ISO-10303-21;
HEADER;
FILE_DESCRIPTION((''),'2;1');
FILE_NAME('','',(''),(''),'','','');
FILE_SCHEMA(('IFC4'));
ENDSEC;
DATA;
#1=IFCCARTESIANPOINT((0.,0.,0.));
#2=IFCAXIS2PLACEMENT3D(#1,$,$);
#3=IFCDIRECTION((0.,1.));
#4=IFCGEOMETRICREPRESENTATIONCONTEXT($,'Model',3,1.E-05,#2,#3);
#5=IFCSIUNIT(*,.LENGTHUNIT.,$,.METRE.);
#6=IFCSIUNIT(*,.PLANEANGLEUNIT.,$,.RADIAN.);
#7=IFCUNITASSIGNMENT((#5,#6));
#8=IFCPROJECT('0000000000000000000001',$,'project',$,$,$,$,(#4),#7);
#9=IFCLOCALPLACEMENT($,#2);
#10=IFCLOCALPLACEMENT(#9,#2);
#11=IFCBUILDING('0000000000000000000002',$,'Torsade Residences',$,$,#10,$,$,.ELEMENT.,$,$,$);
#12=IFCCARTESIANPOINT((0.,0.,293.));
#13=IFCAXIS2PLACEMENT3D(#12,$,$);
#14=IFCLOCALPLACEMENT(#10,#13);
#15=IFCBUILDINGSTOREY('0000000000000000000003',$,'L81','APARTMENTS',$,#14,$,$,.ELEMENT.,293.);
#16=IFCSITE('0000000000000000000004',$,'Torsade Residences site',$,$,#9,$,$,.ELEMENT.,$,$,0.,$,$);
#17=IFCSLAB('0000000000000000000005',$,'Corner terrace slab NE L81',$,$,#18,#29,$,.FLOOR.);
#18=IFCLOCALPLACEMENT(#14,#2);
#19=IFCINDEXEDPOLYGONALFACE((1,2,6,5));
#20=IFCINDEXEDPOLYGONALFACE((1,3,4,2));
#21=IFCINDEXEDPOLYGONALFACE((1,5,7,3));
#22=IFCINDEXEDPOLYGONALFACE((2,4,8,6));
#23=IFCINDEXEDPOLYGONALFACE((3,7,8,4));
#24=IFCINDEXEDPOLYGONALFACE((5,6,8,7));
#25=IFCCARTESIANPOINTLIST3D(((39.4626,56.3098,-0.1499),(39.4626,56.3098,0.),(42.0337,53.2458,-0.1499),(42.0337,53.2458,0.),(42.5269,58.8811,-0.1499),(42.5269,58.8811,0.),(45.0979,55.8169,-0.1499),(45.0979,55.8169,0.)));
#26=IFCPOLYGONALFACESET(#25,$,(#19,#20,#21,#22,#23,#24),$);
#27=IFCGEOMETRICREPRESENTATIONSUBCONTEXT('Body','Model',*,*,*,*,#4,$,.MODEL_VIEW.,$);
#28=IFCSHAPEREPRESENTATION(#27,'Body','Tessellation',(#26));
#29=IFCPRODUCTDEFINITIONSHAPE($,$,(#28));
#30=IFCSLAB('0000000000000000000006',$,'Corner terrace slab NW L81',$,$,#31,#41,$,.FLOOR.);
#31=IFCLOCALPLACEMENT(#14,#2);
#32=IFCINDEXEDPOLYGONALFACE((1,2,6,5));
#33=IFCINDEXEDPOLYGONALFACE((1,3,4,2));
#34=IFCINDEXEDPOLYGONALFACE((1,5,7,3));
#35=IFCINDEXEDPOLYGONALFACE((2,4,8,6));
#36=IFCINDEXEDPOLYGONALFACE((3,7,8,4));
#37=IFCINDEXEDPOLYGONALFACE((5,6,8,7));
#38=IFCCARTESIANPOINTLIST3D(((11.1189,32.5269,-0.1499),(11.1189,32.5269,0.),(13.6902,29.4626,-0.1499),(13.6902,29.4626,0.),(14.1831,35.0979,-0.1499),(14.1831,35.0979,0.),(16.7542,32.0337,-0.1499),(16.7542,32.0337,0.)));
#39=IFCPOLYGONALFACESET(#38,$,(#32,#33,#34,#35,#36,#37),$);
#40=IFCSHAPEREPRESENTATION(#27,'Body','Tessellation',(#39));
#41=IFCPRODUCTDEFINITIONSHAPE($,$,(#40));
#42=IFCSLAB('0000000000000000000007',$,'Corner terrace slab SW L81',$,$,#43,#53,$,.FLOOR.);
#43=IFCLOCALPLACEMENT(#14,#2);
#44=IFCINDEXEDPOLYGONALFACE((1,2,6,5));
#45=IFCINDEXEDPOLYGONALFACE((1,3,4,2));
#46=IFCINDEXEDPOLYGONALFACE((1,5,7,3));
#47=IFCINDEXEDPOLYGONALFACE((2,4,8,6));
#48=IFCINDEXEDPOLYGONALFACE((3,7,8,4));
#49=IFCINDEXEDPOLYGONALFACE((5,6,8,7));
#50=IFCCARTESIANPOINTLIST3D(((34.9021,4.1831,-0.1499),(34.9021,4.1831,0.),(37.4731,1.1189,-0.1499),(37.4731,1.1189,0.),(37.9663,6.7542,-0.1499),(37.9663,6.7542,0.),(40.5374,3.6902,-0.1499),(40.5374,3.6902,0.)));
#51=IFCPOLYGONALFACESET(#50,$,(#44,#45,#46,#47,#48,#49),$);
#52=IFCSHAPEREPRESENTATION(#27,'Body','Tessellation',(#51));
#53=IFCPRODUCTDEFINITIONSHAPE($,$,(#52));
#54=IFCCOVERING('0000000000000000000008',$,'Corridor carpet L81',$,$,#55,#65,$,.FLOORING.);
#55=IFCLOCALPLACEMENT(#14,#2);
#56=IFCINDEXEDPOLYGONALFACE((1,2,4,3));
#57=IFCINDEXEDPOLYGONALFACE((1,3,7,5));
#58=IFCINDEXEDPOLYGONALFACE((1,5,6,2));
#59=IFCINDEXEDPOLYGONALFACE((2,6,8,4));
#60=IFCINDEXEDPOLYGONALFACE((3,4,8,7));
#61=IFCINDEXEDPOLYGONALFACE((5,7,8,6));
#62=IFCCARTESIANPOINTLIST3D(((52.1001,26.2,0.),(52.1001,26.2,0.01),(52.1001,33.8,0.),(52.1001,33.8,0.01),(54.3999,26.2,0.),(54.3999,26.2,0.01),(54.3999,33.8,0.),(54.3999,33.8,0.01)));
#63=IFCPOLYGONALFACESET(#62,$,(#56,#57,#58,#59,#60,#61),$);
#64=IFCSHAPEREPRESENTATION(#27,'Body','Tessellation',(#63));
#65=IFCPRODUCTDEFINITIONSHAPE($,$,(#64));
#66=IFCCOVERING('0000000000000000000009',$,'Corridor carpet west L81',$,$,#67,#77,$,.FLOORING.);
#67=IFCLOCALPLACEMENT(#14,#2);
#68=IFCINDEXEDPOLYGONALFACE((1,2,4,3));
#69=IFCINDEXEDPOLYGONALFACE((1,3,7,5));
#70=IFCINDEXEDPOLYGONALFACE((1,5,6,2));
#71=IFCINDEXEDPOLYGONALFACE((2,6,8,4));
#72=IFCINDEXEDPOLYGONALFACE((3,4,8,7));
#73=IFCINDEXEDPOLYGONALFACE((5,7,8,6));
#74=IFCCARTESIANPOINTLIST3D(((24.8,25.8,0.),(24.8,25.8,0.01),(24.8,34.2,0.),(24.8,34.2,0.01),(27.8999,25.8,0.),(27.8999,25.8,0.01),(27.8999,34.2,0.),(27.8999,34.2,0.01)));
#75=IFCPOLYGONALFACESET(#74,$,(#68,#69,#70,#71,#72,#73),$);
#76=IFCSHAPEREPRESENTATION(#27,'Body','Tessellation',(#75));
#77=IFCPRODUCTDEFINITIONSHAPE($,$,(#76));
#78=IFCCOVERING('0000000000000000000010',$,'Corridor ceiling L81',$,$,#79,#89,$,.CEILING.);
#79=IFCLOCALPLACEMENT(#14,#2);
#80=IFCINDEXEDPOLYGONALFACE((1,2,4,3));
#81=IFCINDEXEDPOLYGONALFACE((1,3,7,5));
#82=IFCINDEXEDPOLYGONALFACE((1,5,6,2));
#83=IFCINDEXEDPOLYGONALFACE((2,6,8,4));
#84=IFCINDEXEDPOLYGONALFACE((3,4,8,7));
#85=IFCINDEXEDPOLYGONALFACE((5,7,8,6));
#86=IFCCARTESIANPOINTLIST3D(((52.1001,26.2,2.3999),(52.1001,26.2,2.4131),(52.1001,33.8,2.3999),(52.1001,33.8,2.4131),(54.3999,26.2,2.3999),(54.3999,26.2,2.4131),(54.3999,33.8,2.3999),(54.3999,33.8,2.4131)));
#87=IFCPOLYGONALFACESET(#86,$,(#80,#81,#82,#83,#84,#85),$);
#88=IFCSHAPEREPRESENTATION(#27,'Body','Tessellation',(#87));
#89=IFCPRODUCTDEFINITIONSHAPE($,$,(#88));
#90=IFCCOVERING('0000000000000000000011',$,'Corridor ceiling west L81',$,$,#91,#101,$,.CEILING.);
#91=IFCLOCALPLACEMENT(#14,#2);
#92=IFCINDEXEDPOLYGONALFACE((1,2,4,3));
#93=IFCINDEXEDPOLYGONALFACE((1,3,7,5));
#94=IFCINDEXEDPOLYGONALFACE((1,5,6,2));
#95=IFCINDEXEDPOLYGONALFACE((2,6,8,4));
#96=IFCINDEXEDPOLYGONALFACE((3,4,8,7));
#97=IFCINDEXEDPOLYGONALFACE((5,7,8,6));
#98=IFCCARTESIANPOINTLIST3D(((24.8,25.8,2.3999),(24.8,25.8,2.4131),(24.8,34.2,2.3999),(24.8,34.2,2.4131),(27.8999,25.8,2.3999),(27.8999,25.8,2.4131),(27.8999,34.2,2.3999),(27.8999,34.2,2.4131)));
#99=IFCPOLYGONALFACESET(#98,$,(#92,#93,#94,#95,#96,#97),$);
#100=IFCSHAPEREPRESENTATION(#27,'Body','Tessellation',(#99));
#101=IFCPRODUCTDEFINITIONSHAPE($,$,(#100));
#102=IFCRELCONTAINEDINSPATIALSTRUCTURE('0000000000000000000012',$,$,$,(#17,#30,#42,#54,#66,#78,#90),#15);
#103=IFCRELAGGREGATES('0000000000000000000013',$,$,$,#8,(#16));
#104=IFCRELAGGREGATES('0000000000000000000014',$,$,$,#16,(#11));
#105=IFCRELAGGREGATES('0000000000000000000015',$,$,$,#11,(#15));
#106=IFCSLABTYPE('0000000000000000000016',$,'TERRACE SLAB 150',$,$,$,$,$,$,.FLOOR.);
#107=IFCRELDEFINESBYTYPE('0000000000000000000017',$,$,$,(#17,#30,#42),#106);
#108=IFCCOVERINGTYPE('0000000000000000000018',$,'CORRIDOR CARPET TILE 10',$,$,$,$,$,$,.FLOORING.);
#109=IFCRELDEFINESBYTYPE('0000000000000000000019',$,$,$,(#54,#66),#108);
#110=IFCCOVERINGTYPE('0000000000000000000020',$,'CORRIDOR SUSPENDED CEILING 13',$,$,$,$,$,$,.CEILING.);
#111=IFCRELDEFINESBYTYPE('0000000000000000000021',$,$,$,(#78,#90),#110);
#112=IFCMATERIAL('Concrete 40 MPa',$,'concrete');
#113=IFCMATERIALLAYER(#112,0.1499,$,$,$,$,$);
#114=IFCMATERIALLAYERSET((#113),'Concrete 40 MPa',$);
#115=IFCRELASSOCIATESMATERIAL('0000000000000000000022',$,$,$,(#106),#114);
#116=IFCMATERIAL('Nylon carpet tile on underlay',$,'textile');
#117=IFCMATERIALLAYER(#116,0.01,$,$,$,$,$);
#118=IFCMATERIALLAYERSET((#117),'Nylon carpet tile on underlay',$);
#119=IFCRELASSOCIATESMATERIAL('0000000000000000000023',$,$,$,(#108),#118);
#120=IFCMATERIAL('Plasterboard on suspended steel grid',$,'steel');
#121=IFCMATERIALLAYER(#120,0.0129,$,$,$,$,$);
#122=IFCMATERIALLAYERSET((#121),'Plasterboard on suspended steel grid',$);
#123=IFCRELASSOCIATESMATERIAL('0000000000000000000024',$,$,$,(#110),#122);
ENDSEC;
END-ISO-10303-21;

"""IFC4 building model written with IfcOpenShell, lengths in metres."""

from ifc_helpers import new_model, si_unit, direction, frame, origin, place, context, subcontext, project, spatial, polyline, outline, extrude, material, layer, layer_set, type_object, element, save


model = new_model("IFC4")

# Units and contexts
model_context = context("Model", 3, precision=1e-05, world=origin(), true_north=direction((0.0, 1.0)))
body_context = subcontext(model_context, "Body", "Model", "MODEL_VIEW")
ifc_project = project(units=[si_unit("LENGTHUNIT", "METRE"), si_unit("PLANEANGLEUNIT", "RADIAN")], contexts=[model_context])

# Site, building, storey
site_placement = place(None, origin())
site = spatial("IfcSite", under=ifc_project, at=site_placement, Name="Torsade Residences site", CompositionType="ELEMENT", RefElevation=0.0)
building_placement = place(site_placement, origin())
building = spatial("IfcBuilding", under=site, at=building_placement, Name="Torsade Residences", CompositionType="ELEMENT")
storey_placement = place(building_placement, frame((0.0, 0.0, 293.0)))
storey = spatial("IfcBuildingStorey", under=building, at=storey_placement, Name="L81", Description="APARTMENTS", CompositionType="ELEMENT", Elevation=293.0)

# Slabs
ifc_material_1 = material(Name="Concrete 40 MPa", Category="concrete")
ifc_layer_1 = layer(ifc_material_1, 0.1499)
ifc_layer_set_1 = layer_set([ifc_layer_1], Name="Concrete 40 MPa")
slab_type_1 = type_object("IfcSlabType", Name="TERRACE SLAB 150", PredefinedType="FLOOR", material=ifc_layer_set_1)
slab_1_placement = place(storey_placement, frame((0.0, 0.0, -0.1499)))
element("IfcSlab", 1, at=slab_1_placement, inside=storey, type_object=slab_type_1, Name="Corner terrace slab NE L81", PredefinedType="FLOOR", context=body_context, shape_type="SweptSolid", body=[
    extrude(outline(polyline([(42.0337, 53.2458), (45.0979, 55.8169), (42.5269, 58.8811), (39.4626, 56.3098), (42.0337, 53.2458)])), origin(), (0.0, 0.0, 1.0), 0.1499),
])
slab_2_placement = place(storey_placement, frame((0.0, 0.0, -0.1499)))
element("IfcSlab", 2, at=slab_2_placement, inside=storey, type_object=slab_type_1, Name="Corner terrace slab NW L81", PredefinedType="FLOOR", context=body_context, shape_type="SweptSolid", body=[
    extrude(outline(polyline([(13.6902, 29.4626), (16.7542, 32.0337), (14.1831, 35.0979), (11.1189, 32.5269), (13.6902, 29.4626)])), origin(), (0.0, 0.0, 1.0), 0.1499),
])
slab_3_placement = place(storey_placement, frame((0.0, 0.0, -0.1499)))
element("IfcSlab", 3, at=slab_3_placement, inside=storey, type_object=slab_type_1, Name="Corner terrace slab SW L81", PredefinedType="FLOOR", context=body_context, shape_type="SweptSolid", body=[
    extrude(outline(polyline([(37.4731, 1.1189), (40.5374, 3.6902), (37.9663, 6.7542), (34.9021, 4.1831), (37.4731, 1.1189)])), origin(), (0.0, 0.0, 1.0), 0.1499),
])

# Coverings
ifc_material_2 = material(Name="Nylon carpet tile on underlay", Category="textile")
ifc_layer_2 = layer(ifc_material_2, 0.01)
ifc_layer_set_2 = layer_set([ifc_layer_2], Name="Nylon carpet tile on underlay")
covering_type_1 = type_object("IfcCoveringType", Name="CORRIDOR CARPET TILE 10", PredefinedType="FLOORING", material=ifc_layer_set_2)
covering_1_placement = place(storey_placement, origin())
element("IfcCovering", 4, at=covering_1_placement, inside=storey, type_object=covering_type_1, Name="Corridor carpet L81", PredefinedType="FLOORING", context=body_context, shape_type="SweptSolid", body=[
    extrude(outline(polyline([(54.3999, 26.2), (54.3999, 33.8), (52.1001, 33.8), (52.1001, 26.2), (54.3999, 26.2)])), origin(), (0.0, 0.0, 1.0), 0.01),
])
covering_2_placement = place(storey_placement, origin())
element("IfcCovering", 5, at=covering_2_placement, inside=storey, type_object=covering_type_1, Name="Corridor carpet west L81", PredefinedType="FLOORING", context=body_context, shape_type="SweptSolid", body=[
    extrude(outline(polyline([(27.8999, 25.8), (27.8999, 34.2), (24.8, 34.2), (24.8, 25.8), (27.8999, 25.8)])), origin(), (0.0, 0.0, 1.0), 0.01),
])
ifc_material_3 = material(Name="Plasterboard on suspended steel grid", Category="steel")
ifc_layer_3 = layer(ifc_material_3, 0.0129)
ifc_layer_set_3 = layer_set([ifc_layer_3], Name="Plasterboard on suspended steel grid")
covering_type_2 = type_object("IfcCoveringType", Name="CORRIDOR SUSPENDED CEILING 13", PredefinedType="CEILING", material=ifc_layer_set_3)
covering_3_placement = place(storey_placement, frame((0.0, 0.0, 2.3999)))
element("IfcCovering", 6, at=covering_3_placement, inside=storey, type_object=covering_type_2, Name="Corridor ceiling L81", PredefinedType="CEILING", context=body_context, shape_type="SweptSolid", body=[
    extrude(outline(polyline([(54.3999, 26.2), (54.3999, 33.8), (52.1001, 33.8), (52.1001, 26.2), (54.3999, 26.2)])), origin(), (0.0, 0.0, 1.0), 0.0132),
])
covering_4_placement = place(storey_placement, frame((0.0, 0.0, 2.3999)))
element("IfcCovering", 7, at=covering_4_placement, inside=storey, type_object=covering_type_2, Name="Corridor ceiling west L81", PredefinedType="CEILING", context=body_context, shape_type="SweptSolid", body=[
    extrude(outline(polyline([(27.8999, 25.8), (27.8999, 34.2), (24.8, 34.2), (24.8, 25.8), (27.8999, 25.8)])), origin(), (0.0, 0.0, 1.0), 0.0132),
])

save(model, "model.ifc")
